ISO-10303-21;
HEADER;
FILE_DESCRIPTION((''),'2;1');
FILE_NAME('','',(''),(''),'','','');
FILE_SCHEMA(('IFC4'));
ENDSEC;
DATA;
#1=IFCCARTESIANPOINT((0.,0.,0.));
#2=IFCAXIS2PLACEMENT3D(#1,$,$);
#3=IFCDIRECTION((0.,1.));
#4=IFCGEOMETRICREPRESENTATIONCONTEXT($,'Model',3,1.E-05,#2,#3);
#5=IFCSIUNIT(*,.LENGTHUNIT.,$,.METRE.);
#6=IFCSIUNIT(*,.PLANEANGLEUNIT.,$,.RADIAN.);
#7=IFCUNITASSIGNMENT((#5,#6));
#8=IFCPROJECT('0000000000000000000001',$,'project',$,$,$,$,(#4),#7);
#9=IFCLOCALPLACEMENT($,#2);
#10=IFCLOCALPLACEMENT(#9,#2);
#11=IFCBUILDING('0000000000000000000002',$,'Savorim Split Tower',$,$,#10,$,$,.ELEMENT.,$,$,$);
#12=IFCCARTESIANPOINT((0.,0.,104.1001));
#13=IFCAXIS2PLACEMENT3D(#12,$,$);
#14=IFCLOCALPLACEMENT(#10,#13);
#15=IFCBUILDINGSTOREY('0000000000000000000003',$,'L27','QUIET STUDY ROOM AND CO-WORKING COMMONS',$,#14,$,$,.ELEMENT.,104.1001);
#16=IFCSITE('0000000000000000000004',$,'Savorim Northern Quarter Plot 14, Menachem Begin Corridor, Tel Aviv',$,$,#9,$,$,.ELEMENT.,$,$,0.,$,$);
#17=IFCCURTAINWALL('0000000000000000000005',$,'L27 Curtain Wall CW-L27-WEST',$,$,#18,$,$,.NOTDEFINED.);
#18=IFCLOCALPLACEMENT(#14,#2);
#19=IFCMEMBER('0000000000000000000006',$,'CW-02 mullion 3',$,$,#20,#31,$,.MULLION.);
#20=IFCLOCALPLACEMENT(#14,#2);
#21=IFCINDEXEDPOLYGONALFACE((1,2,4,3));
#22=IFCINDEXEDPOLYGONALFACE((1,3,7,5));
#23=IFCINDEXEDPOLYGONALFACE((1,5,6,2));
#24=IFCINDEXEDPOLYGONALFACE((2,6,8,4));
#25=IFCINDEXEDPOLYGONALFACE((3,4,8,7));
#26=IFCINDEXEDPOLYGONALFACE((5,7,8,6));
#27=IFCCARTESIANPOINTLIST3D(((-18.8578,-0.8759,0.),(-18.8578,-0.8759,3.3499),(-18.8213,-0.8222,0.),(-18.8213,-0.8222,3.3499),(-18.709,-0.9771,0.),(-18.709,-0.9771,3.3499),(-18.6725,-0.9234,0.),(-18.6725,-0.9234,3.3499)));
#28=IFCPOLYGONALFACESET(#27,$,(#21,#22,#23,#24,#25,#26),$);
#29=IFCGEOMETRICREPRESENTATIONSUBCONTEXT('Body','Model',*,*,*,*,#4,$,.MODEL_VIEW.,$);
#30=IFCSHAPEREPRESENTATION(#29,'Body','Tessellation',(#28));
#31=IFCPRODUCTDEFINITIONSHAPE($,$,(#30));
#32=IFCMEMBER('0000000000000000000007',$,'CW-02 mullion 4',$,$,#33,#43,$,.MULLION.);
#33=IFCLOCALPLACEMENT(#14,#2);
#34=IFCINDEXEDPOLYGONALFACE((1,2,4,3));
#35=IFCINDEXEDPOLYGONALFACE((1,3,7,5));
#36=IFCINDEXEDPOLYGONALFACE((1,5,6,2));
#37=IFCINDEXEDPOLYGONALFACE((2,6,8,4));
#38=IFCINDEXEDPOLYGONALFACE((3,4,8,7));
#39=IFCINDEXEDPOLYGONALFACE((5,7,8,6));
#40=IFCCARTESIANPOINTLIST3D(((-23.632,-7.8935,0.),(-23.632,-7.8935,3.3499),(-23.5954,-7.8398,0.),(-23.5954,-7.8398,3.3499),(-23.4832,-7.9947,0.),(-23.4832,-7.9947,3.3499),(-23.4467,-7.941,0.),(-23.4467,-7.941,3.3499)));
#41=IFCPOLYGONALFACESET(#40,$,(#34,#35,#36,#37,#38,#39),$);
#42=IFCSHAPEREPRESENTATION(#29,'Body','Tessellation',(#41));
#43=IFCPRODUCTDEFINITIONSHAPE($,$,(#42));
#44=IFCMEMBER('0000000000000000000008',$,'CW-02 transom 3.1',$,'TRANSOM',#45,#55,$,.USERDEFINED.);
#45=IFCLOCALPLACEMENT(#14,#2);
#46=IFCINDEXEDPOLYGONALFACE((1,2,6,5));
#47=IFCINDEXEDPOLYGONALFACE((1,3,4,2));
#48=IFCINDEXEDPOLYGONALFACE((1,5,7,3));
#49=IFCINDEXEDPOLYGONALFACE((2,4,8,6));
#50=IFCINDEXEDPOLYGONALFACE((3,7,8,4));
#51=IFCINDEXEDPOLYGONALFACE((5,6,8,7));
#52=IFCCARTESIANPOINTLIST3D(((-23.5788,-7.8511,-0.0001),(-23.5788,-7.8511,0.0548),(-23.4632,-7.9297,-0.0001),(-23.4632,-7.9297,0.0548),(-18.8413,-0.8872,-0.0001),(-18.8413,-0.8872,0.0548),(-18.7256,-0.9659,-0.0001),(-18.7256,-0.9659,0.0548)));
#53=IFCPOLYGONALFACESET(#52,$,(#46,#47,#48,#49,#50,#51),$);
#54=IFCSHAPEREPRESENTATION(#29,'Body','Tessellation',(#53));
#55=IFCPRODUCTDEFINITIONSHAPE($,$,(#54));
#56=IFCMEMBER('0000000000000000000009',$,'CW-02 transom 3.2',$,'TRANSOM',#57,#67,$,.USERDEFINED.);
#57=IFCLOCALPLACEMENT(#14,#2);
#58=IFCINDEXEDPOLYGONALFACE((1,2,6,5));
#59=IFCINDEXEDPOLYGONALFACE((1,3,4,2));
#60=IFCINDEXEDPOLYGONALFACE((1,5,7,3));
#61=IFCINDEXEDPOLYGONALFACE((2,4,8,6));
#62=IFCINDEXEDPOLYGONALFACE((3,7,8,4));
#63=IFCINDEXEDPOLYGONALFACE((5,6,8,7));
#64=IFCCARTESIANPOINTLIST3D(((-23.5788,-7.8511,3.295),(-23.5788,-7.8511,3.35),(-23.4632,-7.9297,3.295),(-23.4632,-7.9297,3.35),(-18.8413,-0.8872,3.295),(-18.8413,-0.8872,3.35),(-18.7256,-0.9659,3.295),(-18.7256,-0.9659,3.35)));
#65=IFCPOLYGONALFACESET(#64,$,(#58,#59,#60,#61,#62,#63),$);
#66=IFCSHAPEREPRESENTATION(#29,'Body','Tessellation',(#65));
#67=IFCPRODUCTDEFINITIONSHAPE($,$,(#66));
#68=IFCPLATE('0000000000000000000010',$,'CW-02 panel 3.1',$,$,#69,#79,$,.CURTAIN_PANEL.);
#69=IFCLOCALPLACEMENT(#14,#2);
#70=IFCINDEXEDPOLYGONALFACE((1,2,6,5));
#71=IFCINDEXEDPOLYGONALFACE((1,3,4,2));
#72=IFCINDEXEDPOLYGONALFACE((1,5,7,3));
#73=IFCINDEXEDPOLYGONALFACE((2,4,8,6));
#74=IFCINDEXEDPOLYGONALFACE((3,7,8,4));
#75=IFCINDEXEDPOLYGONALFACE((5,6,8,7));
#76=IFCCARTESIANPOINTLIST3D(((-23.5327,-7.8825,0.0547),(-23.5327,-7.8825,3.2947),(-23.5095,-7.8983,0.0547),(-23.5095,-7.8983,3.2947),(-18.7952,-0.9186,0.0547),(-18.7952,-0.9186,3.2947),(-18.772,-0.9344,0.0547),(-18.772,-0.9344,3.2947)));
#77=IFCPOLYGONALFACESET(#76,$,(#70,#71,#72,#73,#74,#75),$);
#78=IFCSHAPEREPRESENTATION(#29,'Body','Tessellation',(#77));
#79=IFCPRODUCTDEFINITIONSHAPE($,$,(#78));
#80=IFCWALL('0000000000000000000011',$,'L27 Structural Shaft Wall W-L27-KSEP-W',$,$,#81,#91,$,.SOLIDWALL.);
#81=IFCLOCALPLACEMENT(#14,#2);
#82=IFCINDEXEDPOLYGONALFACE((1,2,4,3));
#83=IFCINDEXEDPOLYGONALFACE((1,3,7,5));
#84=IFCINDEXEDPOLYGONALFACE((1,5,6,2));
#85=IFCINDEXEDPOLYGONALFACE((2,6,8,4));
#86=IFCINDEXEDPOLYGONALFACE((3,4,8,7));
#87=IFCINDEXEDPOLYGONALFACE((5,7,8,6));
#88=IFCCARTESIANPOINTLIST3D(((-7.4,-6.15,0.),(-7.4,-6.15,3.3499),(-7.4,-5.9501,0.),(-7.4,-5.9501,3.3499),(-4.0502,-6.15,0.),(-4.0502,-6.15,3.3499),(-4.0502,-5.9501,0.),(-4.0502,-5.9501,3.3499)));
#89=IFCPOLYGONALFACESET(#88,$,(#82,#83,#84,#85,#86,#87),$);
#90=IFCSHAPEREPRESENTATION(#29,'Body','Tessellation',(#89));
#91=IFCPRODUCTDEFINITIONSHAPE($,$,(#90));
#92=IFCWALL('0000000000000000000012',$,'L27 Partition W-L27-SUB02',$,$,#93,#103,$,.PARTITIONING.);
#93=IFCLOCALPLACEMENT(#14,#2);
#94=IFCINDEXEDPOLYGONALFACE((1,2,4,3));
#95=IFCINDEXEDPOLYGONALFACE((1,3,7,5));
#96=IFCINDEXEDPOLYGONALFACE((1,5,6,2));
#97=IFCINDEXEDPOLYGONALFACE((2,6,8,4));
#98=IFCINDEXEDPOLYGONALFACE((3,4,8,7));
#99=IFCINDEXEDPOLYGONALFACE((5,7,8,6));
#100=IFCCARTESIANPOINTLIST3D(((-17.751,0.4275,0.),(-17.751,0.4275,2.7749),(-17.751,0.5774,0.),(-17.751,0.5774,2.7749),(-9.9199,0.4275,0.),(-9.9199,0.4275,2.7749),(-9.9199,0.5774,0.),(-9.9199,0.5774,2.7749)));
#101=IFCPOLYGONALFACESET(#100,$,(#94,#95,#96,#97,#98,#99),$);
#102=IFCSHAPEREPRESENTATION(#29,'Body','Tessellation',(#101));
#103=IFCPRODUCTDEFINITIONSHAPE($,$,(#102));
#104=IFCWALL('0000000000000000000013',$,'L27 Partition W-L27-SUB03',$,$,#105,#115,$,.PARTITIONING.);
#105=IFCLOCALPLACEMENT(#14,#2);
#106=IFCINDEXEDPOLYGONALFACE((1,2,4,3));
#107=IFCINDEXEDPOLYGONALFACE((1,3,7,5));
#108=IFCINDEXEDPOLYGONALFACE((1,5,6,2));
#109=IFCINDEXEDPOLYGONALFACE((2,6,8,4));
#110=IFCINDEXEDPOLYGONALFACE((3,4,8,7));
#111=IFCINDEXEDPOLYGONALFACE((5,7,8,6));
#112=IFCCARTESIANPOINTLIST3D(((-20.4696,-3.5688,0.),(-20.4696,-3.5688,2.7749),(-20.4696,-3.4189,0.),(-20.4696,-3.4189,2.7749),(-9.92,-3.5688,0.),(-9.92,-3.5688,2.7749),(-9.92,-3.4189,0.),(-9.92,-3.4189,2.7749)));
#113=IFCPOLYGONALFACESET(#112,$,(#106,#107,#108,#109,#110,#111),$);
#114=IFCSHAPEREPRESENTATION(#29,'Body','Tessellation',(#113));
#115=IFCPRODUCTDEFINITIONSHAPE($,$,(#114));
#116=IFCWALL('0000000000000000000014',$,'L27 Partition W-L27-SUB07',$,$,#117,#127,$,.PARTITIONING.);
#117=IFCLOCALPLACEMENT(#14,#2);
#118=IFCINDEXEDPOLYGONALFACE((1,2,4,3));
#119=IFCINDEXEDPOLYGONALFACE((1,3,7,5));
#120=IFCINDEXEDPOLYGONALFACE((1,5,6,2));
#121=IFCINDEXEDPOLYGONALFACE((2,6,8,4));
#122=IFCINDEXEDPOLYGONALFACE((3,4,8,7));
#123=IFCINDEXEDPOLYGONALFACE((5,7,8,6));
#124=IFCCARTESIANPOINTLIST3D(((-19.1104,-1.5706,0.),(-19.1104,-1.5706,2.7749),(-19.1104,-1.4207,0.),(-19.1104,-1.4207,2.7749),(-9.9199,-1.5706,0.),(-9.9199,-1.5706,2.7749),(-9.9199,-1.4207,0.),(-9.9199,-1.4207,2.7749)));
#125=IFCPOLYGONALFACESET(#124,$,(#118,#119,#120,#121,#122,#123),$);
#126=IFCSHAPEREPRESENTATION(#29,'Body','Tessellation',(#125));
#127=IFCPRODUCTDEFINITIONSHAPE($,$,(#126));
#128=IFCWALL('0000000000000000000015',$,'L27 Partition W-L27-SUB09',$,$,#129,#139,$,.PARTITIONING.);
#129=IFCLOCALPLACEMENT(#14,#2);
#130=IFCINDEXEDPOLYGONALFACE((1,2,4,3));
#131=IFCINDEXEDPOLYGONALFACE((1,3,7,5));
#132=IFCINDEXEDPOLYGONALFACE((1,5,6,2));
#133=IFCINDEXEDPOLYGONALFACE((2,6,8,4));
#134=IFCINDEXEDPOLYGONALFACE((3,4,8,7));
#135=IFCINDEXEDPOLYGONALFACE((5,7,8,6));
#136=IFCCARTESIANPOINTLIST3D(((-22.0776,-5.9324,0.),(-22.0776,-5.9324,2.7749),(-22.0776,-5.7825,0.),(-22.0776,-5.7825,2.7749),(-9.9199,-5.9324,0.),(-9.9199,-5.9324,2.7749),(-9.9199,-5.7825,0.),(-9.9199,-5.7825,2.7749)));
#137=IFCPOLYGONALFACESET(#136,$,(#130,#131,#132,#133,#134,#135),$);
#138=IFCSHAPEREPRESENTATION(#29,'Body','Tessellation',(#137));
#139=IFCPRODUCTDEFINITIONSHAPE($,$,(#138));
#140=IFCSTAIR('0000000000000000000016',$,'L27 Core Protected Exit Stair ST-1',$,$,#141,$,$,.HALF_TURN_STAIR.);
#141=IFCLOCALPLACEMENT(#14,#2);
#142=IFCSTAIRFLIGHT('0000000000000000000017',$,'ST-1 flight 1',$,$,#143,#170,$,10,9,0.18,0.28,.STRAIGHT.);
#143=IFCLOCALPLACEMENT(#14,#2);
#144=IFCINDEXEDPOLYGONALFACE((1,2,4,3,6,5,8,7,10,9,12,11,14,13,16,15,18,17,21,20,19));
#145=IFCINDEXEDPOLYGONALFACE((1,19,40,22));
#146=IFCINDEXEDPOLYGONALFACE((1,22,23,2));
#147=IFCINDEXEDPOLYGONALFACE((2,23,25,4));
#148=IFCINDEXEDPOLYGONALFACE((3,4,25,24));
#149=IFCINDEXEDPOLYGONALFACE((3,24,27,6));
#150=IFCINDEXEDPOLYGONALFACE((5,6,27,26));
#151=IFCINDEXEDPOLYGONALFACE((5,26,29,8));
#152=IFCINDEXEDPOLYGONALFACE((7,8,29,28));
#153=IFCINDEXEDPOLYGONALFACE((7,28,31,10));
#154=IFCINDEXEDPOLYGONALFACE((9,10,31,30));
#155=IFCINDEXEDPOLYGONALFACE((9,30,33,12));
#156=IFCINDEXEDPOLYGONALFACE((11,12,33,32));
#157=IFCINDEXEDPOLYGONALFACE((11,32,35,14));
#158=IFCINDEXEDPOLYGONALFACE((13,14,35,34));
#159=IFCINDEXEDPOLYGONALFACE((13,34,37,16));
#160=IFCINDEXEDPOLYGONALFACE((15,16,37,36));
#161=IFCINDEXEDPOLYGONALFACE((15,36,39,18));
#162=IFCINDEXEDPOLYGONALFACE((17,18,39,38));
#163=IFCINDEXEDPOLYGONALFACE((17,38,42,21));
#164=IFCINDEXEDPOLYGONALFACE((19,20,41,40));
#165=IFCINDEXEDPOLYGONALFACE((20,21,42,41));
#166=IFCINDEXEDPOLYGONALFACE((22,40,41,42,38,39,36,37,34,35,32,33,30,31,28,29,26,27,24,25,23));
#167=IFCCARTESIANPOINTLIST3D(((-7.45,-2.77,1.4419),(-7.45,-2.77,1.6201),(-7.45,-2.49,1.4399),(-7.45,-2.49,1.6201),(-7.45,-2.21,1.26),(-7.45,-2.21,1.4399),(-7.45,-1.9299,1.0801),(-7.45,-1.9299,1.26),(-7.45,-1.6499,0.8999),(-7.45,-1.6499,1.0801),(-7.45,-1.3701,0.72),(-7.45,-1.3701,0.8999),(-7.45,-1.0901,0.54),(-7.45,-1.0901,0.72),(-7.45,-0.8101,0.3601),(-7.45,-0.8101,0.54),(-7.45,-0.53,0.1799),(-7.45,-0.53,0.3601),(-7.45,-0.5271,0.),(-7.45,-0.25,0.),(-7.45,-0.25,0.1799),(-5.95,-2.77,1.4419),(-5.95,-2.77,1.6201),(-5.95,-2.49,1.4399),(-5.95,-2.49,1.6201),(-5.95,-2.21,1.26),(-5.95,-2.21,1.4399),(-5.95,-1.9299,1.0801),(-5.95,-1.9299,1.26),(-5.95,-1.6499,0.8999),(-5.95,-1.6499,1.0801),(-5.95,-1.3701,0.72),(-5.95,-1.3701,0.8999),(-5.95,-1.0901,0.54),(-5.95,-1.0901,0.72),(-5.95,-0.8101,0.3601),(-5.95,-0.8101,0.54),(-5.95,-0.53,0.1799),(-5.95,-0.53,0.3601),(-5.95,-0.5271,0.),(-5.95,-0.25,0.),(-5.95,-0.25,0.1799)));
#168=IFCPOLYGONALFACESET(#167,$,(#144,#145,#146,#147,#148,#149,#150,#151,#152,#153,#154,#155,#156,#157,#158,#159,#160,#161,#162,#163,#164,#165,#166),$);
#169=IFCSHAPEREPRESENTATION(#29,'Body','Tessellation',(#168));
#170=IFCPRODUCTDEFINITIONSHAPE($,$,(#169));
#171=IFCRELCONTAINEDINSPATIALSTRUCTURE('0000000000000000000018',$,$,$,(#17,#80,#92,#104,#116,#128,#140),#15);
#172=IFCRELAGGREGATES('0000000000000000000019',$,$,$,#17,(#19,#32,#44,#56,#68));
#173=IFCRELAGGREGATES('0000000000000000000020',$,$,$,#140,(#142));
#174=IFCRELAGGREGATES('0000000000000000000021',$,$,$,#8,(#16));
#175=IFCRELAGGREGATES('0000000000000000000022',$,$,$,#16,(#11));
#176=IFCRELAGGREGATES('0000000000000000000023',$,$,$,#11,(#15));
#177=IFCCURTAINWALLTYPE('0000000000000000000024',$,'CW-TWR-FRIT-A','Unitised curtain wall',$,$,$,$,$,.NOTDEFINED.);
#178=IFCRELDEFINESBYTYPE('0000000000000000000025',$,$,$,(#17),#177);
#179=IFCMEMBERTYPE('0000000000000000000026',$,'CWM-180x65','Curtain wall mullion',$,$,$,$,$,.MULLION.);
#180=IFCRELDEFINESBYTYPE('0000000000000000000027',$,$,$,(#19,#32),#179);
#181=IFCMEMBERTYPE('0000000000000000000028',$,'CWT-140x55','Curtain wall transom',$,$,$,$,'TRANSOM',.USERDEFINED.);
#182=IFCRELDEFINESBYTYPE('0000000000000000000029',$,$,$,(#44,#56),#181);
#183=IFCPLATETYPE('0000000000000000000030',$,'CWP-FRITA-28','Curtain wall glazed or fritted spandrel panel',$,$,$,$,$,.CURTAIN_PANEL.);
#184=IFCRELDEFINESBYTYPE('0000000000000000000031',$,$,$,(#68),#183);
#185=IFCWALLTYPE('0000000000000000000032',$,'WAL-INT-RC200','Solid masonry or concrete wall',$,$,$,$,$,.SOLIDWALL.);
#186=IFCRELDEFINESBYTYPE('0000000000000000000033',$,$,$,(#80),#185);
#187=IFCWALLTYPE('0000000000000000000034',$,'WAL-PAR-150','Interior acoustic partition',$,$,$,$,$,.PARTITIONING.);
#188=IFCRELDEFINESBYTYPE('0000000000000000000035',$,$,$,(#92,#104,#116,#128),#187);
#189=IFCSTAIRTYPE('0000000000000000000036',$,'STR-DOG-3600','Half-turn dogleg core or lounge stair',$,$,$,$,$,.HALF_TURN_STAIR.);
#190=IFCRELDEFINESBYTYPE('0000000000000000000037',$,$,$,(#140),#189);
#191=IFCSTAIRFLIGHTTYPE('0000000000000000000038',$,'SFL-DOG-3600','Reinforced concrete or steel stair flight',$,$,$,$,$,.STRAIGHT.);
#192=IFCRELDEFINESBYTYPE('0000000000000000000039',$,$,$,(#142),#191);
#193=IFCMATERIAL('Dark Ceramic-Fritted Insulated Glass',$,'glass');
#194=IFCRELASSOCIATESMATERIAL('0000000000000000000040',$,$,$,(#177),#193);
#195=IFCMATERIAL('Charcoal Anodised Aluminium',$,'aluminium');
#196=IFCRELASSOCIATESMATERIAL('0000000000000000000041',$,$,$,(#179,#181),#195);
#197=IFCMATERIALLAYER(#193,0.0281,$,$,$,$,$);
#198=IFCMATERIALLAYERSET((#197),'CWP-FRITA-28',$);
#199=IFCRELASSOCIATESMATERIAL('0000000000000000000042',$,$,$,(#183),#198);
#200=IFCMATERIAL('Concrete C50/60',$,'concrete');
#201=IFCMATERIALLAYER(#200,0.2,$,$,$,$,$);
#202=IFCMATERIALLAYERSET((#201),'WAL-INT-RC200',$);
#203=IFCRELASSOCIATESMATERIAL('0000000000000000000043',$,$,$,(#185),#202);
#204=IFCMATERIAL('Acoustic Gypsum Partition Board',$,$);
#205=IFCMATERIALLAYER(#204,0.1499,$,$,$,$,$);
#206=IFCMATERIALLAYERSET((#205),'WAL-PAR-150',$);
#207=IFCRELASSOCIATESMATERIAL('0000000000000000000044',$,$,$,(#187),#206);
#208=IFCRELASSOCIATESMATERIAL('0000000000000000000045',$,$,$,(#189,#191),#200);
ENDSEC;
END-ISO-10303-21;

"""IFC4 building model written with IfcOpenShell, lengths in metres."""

from ifc_helpers import new_model, si_unit, direction, frame, frame_2d, origin, origin_2d, place, context, subcontext, project, spatial, polyline, rectangle, outline, extrude, material, layer, layer_set, material_profile, profile_set, type_object, element, aggregate, save


model = new_model("IFC4")

# Units and contexts
model_context = context("Model", 3, precision=1e-05, world=origin(), true_north=direction((0.0, 1.0)))
body_context = subcontext(model_context, "Body", "Model", "MODEL_VIEW")
ifc_project = project(units=[si_unit("LENGTHUNIT", "METRE"), si_unit("PLANEANGLEUNIT", "RADIAN")], contexts=[model_context])

# Site, building, storey
site_placement = place(None, origin())
site = spatial("IfcSite", under=ifc_project, at=site_placement, Name="Savorim Northern Quarter Plot 14, Menachem Begin Corridor, Tel Aviv", CompositionType="ELEMENT", RefElevation=0.0)
building_placement = place(site_placement, origin())
building = spatial("IfcBuilding", under=site, at=building_placement, Name="Savorim Split Tower", CompositionType="ELEMENT")
storey_placement = place(building_placement, frame((0.0, 0.0, 104.1001)))
storey = spatial("IfcBuildingStorey", under=building, at=storey_placement, Name="L27", Description="QUIET STUDY ROOM AND CO-WORKING COMMONS", CompositionType="ELEMENT", Elevation=104.1001)

# Curtain wall, members, plate
ifc_material_1 = material(Name="Dark Ceramic-Fritted Insulated Glass", Category="glass")
curtain_wall_type = type_object("IfcCurtainWallType", Name="CW-TWR-FRIT-A", Description="Unitised curtain wall", PredefinedType="NOTDEFINED", material=ifc_material_1)
curtain_wall_placement = place(storey_placement, origin())
curtain_wall = element("IfcCurtainWall", 1, at=curtain_wall_placement, inside=storey, type_object=curtain_wall_type, Name="L27 Curtain Wall CW-L27-WEST", PredefinedType="NOTDEFINED")
ifc_material_2 = material(Name="Charcoal Anodised Aluminium", Category="aluminium")
ifc_material_profile_1 = material_profile(ifc_material_2, rectangle(XDim=0.1799, YDim=0.0649, at=origin_2d()), Name="ALU-M 180x65")
ifc_profile_set_1 = profile_set([ifc_material_profile_1], Name="Charcoal Anodised Aluminium")
member_type_1 = type_object("IfcMemberType", Name="CWM-180x65", Description="Curtain wall mullion", PredefinedType="MULLION", material=ifc_profile_set_1)
member_1_placement = place(storey_placement, frame((-18.7651, -0.8997, 0.0), z_axis=(0.0, 0.0, 1.0), x_axis=(0.826819, -0.562468, 0.0)))
member_1 = element("IfcMember", 2, at=member_1_placement, type_object=member_type_1, Name="CW-02 mullion 3", PredefinedType="MULLION", context=body_context, shape_type="SweptSolid", body=[
    extrude(rectangle(XDim=0.1799, YDim=0.0649, at=origin_2d()), origin(), (0.0, 0.0, 1.0), 3.3499),
])
member_2_placement = place(storey_placement, frame((-23.5393, -7.9172, 0.0), z_axis=(0.0, 0.0, 1.0), x_axis=(0.826819, -0.562468, 0.0)))
member_2 = element("IfcMember", 3, at=member_2_placement, type_object=member_type_1, Name="CW-02 mullion 4", PredefinedType="MULLION", context=body_context, shape_type="SweptSolid", body=[
    extrude(rectangle(XDim=0.1799, YDim=0.0649, at=origin_2d()), origin(), (0.0, 0.0, 1.0), 3.3499),
])
ifc_material_profile_2 = material_profile(ifc_material_2, rectangle(XDim=0.1399, YDim=0.0549, at=origin_2d()), Name="ALU-T 140x55")
ifc_profile_set_2 = profile_set([ifc_material_profile_2], Name="Charcoal Anodised Aluminium")
member_type_2 = type_object("IfcMemberType", Name="CWT-140x55", Description="Curtain wall transom", ElementType="TRANSOM", PredefinedType="USERDEFINED", material=ifc_profile_set_2)
member_3_placement = place(storey_placement, frame((-18.7834, -0.9265, 0.0273), z_axis=(-0.562482, -0.826809, 0.0), x_axis=(0.826809, -0.562482, 0.0)))
member_3 = element("IfcMember", 4, at=member_3_placement, type_object=member_type_2, Name="CW-02 transom 3.1", ObjectType="TRANSOM", PredefinedType="USERDEFINED", context=body_context, shape_type="SweptSolid", body=[
    extrude(rectangle(XDim=0.1399, YDim=0.0549, at=origin_2d()), origin(), (0.0, 0.0, 1.0), 8.4226),
])
member_4_placement = place(storey_placement, frame((-18.7834, -0.9265, 3.3225), z_axis=(-0.562482, -0.826809, 0.0), x_axis=(0.826809, -0.562482, 0.0)))
member_4 = element("IfcMember", 5, at=member_4_placement, type_object=member_type_2, Name="CW-02 transom 3.2", ObjectType="TRANSOM", PredefinedType="USERDEFINED", context=body_context, shape_type="SweptSolid", body=[
    extrude(rectangle(XDim=0.1399, YDim=0.0549, at=origin_2d()), origin(), (0.0, 0.0, 1.0), 8.4226),
])
ifc_layer_1 = layer(ifc_material_1, 0.0281)
ifc_layer_set_1 = layer_set([ifc_layer_1], Name="CWP-FRITA-28")
plate_type = type_object("IfcPlateType", Name="CWP-FRITA-28", Description="Curtain wall glazed or fritted spandrel panel", PredefinedType="CURTAIN_PANEL", material=ifc_layer_set_1)
plate_placement = place(storey_placement, frame((-21.1523, -4.4084, 0.0547), z_axis=(0.0, 0.0, 1.0), x_axis=(-0.562468, -0.826819, 0.0)))
plate = element("IfcPlate", 6, at=plate_placement, type_object=plate_type, Name="CW-02 panel 3.1", PredefinedType="CURTAIN_PANEL", context=body_context, shape_type="SweptSolid", body=[
    extrude(rectangle(XDim=8.4226, YDim=0.0281, at=origin_2d()), origin(), (0.0, 0.0, 1.0), 3.24),
])
aggregate(curtain_wall, [member_1, member_2, member_3, member_4, plate])

# Walls
ifc_material_3 = material(Name="Concrete C50/60", Category="concrete")
ifc_layer_2 = layer(ifc_material_3, 0.2)
ifc_layer_set_2 = layer_set([ifc_layer_2], Name="WAL-INT-RC200")
wall_type_1 = type_object("IfcWallType", Name="WAL-INT-RC200", Description="Solid masonry or concrete wall", PredefinedType="SOLIDWALL", material=ifc_layer_set_2)
wall_1_placement = place(storey_placement, frame((-7.3999, -6.05, 0.0), z_axis=(0.0, 0.0, 1.0), x_axis=(1.0, 0.0, 0.0)))
element("IfcWall", 7, at=wall_1_placement, inside=storey, type_object=wall_type_1, Name="L27 Structural Shaft Wall W-L27-KSEP-W", PredefinedType="SOLIDWALL", context=body_context, shape_type="SweptSolid", body=[
    extrude(rectangle(XDim=3.3499, YDim=0.2, at=frame_2d((1.6748, 0.0))), origin(), (0.0, 0.0, 1.0), 3.3499),
])
ifc_material_4 = material(Name="Acoustic Gypsum Partition Board")
ifc_layer_3 = layer(ifc_material_4, 0.1499)
ifc_layer_set_3 = layer_set([ifc_layer_3], Name="WAL-PAR-150")
wall_type_2 = type_object("IfcWallType", Name="WAL-PAR-150", Description="Interior acoustic partition", PredefinedType="PARTITIONING", material=ifc_layer_set_3)
wall_2_placement = place(storey_placement, frame((-9.9199, 0.5024, 0.0), z_axis=(0.0, 0.0, 1.0), x_axis=(-1.0, 0.0, 0.0)))
element("IfcWall", 8, at=wall_2_placement, inside=storey, type_object=wall_type_2, Name="L27 Partition W-L27-SUB02", PredefinedType="PARTITIONING", context=body_context, shape_type="SweptSolid", body=[
    extrude(rectangle(XDim=7.8311, YDim=0.1499, at=frame_2d((3.9155, 0.0))), origin(), (0.0, 0.0, 1.0), 2.7749),
])
wall_3_placement = place(storey_placement, frame((-9.9199, -3.4939, 0.0), z_axis=(0.0, 0.0, 1.0), x_axis=(-1.0, 0.0, 0.0)))
element("IfcWall", 9, at=wall_3_placement, inside=storey, type_object=wall_type_2, Name="L27 Partition W-L27-SUB03", PredefinedType="PARTITIONING", context=body_context, shape_type="SweptSolid", body=[
    extrude(rectangle(XDim=10.5496, YDim=0.1499, at=frame_2d((5.2749, 0.0))), origin(), (0.0, 0.0, 1.0), 2.7749),
])
wall_4_placement = place(storey_placement, frame((-9.9199, -1.4956, 0.0), z_axis=(0.0, 0.0, 1.0), x_axis=(-1.0, 0.0, 0.0)))
element("IfcWall", 10, at=wall_4_placement, inside=storey, type_object=wall_type_2, Name="L27 Partition W-L27-SUB07", PredefinedType="PARTITIONING", context=body_context, shape_type="SweptSolid", body=[
    extrude(rectangle(XDim=9.1904, YDim=0.1499, at=frame_2d((4.5952, 0.0))), origin(), (0.0, 0.0, 1.0), 2.7749),
])
wall_5_placement = place(storey_placement, frame((-9.9199, -5.8574, 0.0), z_axis=(0.0, 0.0, 1.0), x_axis=(-1.0, 0.0, 0.0)))
element("IfcWall", 11, at=wall_5_placement, inside=storey, type_object=wall_type_2, Name="L27 Partition W-L27-SUB09", PredefinedType="PARTITIONING", context=body_context, shape_type="SweptSolid", body=[
    extrude(rectangle(XDim=12.1577, YDim=0.1499, at=frame_2d((6.0789, 0.0))), origin(), (0.0, 0.0, 1.0), 2.7749),
])

# Stair, stair flight
stair_type = type_object("IfcStairType", Name="STR-DOG-3600", Description="Half-turn dogleg core or lounge stair", PredefinedType="HALF_TURN_STAIR", material=ifc_material_3)
stair_placement = place(storey_placement, origin())
stair = element("IfcStair", 12, at=stair_placement, inside=storey, type_object=stair_type, Name="L27 Core Protected Exit Stair ST-1", PredefinedType="HALF_TURN_STAIR")
stair_flight_type = type_object("IfcStairFlightType", Name="SFL-DOG-3600", Description="Reinforced concrete or steel stair flight", PredefinedType="STRAIGHT", material=ifc_material_3)
stair_flight_placement = place(storey_placement, frame((-6.7, -0.25, 0.0), z_axis=(0.0, 0.0, 1.0), x_axis=(0.0, -1.0, 0.0)))
stair_flight = element("IfcStairFlight", 13, at=stair_flight_placement, type_object=stair_flight_type, Name="ST-1 flight 1", NumberOfRisers=10, NumberOfTreads=9, PredefinedType="STRAIGHT", RiserHeight=0.18, TreadLength=0.28, context=body_context, shape_type="SweptSolid", body=[
    extrude(outline(polyline([(0.0, 0.0), (0.0, 0.1799), (0.28, 0.1799), (0.28, 0.3601), (0.5601, 0.3601), (0.5601, 0.54), (0.8401, 0.54), (0.8401, 0.72), (1.1201, 0.72), (1.1201, 0.8999), (1.3999, 0.8999), (1.3999, 1.0801), (1.6799, 1.0801), (1.6799, 1.26), (1.96, 1.26), (1.96, 1.4399), (2.24, 1.4399), (2.24, 1.6201), (2.52, 1.6201), (2.52, 1.8), (2.52, 1.4419), (0.2771, 0.0), (0.0, 0.0)])), frame((0.0, 0.75, 0.0), z_axis=(0.0, -1.0, 0.0), x_axis=(1.0, 0.0, 0.0)), (0.0, 0.0, 1.0), 1.5),
])
aggregate(stair, [stair_flight])

save(model, "model.ifc")
